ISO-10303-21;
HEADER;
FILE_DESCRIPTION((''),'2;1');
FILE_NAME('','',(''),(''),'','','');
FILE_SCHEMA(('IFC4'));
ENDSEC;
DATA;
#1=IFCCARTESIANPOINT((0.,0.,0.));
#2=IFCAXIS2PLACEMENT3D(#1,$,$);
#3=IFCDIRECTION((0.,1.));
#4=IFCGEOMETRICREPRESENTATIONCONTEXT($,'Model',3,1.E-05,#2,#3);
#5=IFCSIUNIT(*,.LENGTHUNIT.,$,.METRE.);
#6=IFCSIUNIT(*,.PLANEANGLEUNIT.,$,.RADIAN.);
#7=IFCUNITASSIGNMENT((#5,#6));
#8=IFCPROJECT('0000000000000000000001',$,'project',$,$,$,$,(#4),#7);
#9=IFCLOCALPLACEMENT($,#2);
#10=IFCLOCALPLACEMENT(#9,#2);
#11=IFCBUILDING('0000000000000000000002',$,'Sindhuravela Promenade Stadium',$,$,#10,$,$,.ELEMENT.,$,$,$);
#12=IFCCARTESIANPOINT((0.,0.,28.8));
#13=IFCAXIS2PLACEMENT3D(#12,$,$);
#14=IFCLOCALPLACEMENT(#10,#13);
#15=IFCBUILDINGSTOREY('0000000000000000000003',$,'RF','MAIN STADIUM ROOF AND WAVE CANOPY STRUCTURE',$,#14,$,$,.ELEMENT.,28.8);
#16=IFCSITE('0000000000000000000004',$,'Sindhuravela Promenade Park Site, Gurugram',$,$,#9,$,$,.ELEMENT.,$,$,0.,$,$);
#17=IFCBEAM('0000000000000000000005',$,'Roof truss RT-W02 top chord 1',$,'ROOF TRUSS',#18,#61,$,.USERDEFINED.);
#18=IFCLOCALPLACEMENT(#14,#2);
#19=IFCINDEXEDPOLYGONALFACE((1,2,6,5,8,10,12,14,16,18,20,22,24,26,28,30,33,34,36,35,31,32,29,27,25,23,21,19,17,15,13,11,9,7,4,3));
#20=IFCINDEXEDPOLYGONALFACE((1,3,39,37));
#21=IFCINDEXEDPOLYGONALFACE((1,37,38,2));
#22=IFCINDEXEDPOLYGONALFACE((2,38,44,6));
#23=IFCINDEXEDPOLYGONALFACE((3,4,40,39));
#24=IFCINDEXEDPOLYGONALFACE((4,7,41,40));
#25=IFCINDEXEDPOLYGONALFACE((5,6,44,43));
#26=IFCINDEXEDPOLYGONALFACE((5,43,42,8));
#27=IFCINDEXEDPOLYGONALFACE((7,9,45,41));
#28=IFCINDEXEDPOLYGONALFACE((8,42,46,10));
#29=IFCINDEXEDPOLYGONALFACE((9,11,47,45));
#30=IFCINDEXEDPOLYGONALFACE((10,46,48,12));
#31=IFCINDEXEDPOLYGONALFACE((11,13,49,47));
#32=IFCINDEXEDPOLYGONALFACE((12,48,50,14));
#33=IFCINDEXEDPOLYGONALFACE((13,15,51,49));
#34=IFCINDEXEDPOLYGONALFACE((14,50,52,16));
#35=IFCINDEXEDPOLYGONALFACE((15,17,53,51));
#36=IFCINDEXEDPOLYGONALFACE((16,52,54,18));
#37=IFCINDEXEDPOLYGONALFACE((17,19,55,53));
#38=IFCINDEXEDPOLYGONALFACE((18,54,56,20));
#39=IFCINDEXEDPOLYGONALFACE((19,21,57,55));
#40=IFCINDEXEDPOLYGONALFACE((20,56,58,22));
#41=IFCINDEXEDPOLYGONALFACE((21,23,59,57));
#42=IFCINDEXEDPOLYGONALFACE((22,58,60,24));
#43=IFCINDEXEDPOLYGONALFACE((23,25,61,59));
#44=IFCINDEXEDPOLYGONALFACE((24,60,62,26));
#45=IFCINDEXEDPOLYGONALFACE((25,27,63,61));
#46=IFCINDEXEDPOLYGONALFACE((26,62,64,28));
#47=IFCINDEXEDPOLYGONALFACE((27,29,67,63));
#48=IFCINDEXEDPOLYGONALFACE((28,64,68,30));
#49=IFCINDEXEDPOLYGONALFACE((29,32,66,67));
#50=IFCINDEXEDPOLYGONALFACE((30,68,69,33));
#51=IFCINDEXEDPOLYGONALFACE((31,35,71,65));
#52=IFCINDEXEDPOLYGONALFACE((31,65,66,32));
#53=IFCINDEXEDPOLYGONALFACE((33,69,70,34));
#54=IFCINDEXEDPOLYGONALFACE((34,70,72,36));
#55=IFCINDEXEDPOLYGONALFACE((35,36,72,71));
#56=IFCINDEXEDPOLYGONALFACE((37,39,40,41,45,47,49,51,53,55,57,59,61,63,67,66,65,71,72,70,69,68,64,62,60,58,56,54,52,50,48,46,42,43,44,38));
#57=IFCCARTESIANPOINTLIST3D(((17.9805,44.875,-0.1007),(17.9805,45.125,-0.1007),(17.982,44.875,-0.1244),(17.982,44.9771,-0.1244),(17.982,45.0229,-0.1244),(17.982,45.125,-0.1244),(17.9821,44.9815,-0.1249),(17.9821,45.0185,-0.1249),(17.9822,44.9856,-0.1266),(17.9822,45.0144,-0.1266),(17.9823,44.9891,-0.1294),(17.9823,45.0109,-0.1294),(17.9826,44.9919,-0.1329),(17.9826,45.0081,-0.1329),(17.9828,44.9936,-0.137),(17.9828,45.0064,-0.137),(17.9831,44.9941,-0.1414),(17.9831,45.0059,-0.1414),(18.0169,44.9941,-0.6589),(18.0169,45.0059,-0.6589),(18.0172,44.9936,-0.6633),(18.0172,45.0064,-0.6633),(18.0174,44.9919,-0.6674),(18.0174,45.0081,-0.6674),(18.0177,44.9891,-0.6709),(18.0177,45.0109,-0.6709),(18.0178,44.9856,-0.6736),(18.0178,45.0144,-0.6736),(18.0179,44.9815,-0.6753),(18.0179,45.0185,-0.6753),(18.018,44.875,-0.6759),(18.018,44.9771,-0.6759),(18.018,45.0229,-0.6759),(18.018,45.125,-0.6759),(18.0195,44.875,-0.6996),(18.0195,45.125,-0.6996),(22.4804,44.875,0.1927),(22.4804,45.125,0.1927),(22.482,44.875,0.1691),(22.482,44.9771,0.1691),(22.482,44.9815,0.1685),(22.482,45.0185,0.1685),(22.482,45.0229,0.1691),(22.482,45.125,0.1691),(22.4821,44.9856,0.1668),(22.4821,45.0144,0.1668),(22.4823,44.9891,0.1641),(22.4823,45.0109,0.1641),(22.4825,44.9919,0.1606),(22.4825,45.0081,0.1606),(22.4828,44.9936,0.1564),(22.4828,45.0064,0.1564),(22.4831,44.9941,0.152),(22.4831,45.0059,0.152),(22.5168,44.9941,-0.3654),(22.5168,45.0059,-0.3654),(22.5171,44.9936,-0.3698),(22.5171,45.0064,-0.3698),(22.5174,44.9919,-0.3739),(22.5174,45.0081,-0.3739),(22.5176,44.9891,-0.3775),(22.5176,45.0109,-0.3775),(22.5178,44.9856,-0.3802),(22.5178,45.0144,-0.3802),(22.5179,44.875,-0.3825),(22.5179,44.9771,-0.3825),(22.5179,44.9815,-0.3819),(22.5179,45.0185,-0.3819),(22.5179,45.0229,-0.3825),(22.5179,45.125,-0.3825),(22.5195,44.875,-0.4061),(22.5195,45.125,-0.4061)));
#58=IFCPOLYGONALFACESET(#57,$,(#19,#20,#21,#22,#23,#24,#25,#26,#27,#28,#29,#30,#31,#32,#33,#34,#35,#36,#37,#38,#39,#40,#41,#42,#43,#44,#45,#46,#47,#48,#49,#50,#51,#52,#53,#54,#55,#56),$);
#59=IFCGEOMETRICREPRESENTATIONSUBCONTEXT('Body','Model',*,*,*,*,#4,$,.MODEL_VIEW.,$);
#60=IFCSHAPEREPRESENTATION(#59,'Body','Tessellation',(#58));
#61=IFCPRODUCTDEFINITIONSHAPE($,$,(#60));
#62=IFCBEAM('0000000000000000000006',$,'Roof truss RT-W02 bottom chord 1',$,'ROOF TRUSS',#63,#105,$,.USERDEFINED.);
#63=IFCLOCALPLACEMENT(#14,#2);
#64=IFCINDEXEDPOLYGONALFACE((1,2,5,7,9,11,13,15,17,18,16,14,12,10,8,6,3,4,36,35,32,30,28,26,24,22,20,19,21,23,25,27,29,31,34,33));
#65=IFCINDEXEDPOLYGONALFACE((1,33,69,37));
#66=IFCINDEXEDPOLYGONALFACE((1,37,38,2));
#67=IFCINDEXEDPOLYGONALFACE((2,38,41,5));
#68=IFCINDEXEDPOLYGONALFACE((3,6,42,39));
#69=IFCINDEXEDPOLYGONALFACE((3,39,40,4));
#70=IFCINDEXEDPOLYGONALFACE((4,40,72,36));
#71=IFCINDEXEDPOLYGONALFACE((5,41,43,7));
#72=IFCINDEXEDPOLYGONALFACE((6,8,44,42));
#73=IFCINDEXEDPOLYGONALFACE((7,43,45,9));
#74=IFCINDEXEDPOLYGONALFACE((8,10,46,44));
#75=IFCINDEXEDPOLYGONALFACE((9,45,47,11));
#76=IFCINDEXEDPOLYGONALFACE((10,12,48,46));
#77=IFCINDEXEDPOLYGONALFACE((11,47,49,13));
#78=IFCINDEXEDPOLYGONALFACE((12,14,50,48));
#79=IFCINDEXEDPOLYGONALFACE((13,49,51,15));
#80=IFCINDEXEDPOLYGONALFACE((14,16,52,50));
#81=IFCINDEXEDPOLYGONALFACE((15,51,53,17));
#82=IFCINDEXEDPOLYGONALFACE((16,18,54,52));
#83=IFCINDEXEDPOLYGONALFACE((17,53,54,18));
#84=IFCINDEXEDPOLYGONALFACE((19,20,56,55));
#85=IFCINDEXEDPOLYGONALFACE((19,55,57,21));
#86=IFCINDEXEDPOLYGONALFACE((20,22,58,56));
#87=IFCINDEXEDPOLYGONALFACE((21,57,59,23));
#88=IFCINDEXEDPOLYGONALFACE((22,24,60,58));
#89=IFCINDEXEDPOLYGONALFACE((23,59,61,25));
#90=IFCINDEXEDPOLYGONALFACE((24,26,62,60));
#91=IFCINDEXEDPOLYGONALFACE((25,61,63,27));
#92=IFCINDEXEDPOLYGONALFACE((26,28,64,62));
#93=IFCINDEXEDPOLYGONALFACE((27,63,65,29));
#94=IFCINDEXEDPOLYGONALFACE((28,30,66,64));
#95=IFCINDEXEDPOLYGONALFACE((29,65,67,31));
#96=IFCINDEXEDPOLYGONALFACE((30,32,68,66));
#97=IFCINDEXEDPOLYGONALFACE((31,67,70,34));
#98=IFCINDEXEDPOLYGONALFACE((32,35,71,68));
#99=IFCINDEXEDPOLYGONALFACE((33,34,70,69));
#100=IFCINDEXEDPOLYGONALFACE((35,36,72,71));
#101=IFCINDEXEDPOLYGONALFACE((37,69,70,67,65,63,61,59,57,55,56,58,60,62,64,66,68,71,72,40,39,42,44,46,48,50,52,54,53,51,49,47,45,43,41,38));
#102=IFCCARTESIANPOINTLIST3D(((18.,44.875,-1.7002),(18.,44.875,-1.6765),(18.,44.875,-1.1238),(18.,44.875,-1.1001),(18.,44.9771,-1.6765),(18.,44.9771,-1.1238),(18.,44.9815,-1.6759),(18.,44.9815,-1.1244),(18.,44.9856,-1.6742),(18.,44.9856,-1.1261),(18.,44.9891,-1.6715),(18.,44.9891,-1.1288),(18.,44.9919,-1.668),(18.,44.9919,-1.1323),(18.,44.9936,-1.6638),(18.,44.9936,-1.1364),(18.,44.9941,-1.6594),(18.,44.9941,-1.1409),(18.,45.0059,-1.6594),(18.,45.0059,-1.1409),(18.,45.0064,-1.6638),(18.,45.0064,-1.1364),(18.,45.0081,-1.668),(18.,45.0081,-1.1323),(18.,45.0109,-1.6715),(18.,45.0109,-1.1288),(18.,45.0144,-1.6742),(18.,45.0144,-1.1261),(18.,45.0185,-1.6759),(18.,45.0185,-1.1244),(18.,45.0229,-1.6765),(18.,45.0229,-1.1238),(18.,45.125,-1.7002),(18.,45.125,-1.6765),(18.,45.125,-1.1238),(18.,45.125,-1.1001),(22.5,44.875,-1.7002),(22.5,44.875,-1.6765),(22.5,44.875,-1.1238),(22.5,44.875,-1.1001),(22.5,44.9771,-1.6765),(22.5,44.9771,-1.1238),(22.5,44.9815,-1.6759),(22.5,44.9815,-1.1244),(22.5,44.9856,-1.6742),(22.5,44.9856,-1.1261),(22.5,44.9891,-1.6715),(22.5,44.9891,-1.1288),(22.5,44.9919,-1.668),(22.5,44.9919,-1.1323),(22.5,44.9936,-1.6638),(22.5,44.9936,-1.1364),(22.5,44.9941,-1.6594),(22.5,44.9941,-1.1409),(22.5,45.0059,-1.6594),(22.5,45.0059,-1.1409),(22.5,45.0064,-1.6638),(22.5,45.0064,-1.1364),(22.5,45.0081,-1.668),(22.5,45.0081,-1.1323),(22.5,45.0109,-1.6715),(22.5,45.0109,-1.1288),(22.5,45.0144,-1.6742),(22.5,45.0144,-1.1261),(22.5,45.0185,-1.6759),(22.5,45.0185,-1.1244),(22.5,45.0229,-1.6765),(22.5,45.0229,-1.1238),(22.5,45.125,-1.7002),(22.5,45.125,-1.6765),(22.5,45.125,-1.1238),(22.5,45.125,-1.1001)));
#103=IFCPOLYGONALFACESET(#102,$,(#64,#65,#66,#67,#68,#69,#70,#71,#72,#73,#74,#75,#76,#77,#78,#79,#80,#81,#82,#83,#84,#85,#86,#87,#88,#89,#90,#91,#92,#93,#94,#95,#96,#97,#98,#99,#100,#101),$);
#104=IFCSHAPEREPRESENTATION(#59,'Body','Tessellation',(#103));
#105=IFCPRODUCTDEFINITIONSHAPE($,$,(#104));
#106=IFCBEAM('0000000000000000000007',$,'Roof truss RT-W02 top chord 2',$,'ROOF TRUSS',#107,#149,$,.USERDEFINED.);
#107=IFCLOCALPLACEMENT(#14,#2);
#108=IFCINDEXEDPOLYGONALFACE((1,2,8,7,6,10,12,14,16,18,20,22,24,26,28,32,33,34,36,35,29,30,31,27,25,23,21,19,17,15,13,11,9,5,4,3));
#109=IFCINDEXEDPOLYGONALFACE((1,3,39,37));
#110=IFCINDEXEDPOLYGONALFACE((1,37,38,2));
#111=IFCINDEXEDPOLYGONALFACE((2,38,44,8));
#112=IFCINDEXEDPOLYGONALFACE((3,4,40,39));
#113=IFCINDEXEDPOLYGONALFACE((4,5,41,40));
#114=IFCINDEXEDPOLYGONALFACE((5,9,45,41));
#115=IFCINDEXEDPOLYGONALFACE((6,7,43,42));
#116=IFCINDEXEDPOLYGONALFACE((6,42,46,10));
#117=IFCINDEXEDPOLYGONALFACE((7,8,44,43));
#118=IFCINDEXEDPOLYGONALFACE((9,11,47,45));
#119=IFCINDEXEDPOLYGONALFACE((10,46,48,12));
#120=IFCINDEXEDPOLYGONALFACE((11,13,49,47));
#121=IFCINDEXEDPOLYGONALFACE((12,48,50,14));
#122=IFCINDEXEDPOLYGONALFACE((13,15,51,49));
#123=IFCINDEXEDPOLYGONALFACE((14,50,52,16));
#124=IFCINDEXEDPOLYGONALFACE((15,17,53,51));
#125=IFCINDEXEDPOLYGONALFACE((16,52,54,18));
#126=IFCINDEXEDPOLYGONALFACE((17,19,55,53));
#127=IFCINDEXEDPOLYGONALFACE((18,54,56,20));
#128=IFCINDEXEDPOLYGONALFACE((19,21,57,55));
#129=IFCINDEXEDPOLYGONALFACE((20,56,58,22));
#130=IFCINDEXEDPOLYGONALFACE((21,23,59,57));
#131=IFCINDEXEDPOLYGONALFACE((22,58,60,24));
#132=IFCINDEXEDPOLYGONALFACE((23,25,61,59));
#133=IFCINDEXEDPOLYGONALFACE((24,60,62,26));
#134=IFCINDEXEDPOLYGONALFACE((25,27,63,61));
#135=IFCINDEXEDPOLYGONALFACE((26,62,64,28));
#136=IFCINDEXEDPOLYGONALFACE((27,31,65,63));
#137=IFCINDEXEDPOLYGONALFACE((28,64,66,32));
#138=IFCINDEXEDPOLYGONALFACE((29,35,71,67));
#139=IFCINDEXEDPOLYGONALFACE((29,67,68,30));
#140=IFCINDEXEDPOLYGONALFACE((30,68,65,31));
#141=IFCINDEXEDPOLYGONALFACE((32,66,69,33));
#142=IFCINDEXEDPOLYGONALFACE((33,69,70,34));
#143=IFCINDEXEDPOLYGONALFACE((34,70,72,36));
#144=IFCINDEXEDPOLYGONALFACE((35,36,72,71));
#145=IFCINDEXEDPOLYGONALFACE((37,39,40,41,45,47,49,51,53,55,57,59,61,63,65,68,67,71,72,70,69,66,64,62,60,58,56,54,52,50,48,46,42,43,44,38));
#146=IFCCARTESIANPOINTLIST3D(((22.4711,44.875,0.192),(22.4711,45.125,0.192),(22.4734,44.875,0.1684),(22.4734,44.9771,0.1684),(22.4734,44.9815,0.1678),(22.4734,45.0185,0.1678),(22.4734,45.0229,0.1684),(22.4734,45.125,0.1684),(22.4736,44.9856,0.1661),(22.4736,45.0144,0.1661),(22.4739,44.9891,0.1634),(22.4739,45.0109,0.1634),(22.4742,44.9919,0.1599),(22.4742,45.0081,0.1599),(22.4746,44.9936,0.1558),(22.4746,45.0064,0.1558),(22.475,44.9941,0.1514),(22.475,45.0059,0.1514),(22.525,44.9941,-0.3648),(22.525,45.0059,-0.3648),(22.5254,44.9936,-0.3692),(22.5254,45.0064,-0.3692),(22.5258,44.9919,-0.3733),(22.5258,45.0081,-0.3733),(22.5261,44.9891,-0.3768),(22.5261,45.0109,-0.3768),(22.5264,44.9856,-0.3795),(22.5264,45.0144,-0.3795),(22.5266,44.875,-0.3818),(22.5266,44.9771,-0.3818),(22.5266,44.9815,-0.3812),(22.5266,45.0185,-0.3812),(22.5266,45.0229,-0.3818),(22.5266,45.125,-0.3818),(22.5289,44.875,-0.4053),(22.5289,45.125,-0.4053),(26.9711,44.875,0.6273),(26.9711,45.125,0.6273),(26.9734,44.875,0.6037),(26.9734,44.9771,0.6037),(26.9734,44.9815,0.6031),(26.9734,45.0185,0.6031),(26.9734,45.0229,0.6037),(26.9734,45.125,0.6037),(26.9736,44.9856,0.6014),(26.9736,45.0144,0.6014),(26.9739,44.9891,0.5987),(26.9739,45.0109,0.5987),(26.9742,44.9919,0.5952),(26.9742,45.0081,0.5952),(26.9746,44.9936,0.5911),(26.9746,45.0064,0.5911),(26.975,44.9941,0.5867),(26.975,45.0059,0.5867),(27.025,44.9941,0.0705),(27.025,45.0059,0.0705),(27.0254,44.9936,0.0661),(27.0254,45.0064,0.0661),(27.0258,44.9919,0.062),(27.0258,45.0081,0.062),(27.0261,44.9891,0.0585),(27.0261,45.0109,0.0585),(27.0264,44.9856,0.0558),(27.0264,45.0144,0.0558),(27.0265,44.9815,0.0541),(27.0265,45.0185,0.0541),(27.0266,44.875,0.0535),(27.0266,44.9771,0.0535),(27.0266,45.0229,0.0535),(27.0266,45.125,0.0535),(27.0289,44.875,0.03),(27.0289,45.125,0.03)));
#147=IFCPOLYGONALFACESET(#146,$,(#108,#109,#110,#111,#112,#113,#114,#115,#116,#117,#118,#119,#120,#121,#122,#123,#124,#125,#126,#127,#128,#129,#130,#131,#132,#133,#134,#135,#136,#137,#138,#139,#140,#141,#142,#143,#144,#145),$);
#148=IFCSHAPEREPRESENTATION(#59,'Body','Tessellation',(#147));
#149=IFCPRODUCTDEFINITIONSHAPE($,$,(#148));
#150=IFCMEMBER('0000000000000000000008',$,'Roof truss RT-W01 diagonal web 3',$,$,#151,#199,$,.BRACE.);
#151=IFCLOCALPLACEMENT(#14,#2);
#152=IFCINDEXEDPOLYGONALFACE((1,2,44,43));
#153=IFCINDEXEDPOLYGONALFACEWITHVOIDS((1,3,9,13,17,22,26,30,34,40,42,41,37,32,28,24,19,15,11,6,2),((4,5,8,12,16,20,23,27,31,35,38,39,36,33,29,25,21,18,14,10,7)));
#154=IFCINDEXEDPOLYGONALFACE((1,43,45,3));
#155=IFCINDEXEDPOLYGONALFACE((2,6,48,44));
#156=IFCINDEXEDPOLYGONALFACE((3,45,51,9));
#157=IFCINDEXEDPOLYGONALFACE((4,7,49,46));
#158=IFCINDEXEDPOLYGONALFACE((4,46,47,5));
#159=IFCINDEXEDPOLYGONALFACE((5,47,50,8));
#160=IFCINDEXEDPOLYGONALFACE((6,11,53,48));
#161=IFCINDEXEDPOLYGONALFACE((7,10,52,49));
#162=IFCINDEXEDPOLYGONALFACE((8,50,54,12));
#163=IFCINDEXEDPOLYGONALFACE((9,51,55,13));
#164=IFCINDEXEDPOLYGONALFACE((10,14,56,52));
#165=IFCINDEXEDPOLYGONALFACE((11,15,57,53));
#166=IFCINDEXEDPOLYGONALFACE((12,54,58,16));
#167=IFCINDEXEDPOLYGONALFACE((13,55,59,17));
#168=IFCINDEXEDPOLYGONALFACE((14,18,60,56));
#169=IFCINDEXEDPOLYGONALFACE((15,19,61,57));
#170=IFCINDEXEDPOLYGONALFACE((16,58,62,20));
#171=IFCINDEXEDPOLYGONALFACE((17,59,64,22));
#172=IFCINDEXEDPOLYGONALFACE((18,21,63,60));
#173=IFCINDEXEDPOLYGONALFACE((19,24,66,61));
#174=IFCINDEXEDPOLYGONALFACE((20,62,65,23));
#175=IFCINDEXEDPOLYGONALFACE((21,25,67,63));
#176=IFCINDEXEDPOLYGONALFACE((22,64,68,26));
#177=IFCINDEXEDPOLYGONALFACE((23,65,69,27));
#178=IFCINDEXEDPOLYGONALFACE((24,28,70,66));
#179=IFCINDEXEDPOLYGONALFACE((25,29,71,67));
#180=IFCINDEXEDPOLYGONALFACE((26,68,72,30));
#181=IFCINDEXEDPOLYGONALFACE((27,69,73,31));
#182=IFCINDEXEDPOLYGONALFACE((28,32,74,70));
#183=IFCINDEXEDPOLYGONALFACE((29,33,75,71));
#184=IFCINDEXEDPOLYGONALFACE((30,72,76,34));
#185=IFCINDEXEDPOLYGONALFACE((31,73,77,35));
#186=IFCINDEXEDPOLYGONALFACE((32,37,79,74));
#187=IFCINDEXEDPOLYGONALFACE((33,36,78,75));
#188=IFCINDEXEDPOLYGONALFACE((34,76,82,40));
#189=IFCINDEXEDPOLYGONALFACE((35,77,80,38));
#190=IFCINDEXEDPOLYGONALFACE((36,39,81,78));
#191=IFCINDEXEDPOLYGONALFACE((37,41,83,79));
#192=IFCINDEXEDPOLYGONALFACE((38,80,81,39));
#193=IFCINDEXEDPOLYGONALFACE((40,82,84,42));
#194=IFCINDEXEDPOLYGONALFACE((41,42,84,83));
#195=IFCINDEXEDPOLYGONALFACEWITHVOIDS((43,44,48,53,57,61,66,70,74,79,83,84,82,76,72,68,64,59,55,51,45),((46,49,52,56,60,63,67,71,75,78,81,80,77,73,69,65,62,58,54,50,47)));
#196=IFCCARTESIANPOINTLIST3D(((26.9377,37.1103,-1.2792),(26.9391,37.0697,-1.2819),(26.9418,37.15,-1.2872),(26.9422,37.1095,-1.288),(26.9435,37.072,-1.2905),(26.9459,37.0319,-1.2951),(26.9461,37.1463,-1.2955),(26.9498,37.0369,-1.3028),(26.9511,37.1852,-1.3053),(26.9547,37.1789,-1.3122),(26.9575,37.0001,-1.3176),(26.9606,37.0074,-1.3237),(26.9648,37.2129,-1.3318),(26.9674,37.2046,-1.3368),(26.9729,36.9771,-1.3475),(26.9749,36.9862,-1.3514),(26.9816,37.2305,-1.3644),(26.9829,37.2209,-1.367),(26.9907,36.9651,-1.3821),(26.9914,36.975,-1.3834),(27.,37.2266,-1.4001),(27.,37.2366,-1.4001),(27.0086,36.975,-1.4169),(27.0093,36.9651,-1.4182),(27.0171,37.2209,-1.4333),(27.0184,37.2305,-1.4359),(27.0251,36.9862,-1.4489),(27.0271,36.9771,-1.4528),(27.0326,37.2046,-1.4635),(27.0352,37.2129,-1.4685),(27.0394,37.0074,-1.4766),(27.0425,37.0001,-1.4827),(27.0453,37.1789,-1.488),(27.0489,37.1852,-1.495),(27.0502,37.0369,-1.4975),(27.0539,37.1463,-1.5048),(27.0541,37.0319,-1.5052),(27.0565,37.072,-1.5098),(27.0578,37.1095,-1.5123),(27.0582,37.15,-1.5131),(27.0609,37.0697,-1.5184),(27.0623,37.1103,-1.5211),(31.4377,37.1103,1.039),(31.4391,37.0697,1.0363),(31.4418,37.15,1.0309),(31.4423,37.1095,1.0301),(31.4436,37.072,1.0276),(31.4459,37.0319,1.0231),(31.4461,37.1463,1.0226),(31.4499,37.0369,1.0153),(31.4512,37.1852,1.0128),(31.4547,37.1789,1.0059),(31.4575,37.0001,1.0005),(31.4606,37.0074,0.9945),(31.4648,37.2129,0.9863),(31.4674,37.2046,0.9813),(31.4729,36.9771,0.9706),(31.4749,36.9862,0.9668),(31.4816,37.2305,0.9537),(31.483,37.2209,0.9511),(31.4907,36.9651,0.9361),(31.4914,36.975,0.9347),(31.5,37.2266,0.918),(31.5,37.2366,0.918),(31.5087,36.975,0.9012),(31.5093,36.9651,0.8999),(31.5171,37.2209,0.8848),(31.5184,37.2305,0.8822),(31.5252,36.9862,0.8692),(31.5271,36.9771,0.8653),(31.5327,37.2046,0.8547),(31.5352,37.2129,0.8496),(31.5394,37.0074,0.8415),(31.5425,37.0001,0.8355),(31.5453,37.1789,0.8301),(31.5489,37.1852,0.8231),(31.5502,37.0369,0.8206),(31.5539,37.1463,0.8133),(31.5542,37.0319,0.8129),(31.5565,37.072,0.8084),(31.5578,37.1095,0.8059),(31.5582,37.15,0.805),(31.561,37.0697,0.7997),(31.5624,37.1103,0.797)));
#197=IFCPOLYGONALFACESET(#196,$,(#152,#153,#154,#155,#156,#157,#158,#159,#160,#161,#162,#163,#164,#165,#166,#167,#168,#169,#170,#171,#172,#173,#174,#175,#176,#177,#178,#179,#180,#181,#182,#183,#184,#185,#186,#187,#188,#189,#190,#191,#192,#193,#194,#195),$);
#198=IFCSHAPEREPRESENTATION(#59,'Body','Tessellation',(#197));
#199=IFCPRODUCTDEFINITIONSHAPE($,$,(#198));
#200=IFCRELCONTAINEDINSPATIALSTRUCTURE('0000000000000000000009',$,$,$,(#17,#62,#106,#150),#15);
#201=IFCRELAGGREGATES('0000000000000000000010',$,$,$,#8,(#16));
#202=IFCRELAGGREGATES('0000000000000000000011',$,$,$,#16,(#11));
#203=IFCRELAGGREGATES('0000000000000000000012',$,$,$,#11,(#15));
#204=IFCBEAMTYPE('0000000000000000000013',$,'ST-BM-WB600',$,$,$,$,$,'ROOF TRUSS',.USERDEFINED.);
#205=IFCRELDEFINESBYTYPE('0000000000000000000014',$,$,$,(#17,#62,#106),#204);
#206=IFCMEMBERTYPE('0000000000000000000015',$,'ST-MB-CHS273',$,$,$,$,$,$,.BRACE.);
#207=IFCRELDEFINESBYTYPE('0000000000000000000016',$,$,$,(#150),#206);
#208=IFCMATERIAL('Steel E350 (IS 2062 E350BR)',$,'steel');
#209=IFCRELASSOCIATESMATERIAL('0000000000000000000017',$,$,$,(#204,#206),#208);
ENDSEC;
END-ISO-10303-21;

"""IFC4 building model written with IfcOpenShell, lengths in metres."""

from ifc_helpers import new_model, si_unit, direction, frame, origin, origin_2d, place, context, subcontext, project, spatial, hollow_circle, i_section, extrude, material, material_profile, profile_set, type_object, element, save


model = new_model("IFC4")

# Units and contexts
model_context = context("Model", 3, precision=1e-05, world=origin(), true_north=direction((0.0, 1.0)))
body_context = subcontext(model_context, "Body", "Model", "MODEL_VIEW")
ifc_project = project(units=[si_unit("LENGTHUNIT", "METRE"), si_unit("PLANEANGLEUNIT", "RADIAN")], contexts=[model_context])

# Site, building, storey
site_placement = place(None, origin())
site = spatial("IfcSite", under=ifc_project, at=site_placement, Name="Sindhuravela Promenade Park Site, Gurugram", CompositionType="ELEMENT", RefElevation=0.0)
building_placement = place(site_placement, origin())
building = spatial("IfcBuilding", under=site, at=building_placement, Name="Sindhuravela Promenade Stadium", CompositionType="ELEMENT")
storey_placement = place(building_placement, frame((0.0, 0.0, 28.8)))
storey = spatial("IfcBuildingStorey", under=building, at=storey_placement, Name="RF", Description="MAIN STADIUM ROOF AND WAVE CANOPY STRUCTURE", CompositionType="ELEMENT", Elevation=28.8)

# Beams
ifc_material_1 = material(Name="Steel E350 (IS 2062 E350BR)", Category="steel")
ifc_material_profile_1 = material_profile(ifc_material_1, i_section(OverallWidth=0.25, OverallDepth=0.6001, WebThickness=0.0117, FlangeThickness=0.0237, FilletRadius=0.0171, at=origin_2d()), Name="ISWB 600")
ifc_profile_set_1 = profile_set([ifc_material_profile_1], Name="Steel E350 (IS 2062 E350BR)")
beam_type_1 = type_object("IfcBeamType", Name="ST-BM-WB600", ElementType="ROOF TRUSS", PredefinedType="USERDEFINED", material=ifc_profile_set_1)
beam_1_placement = place(storey_placement, frame((18.0, 45.0, -0.4001), z_axis=(0.99788, 0.0, 0.065074), x_axis=(0.0, 1.0, 0.0)))
element("IfcBeam", 1, at=beam_1_placement, inside=storey, type_object=beam_type_1, Name="Roof truss RT-W02 top chord 1", ObjectType="ROOF TRUSS", PredefinedType="USERDEFINED", context=body_context, shape_type="SweptSolid", body=[
    extrude(i_section(OverallWidth=0.25, OverallDepth=0.6001, WebThickness=0.0117, FlangeThickness=0.0237, FilletRadius=0.0171, at=origin_2d()), origin(), (0.0, 0.0, 1.0), 4.5095),
])
beam_2_placement = place(storey_placement, frame((18.0, 45.0, -1.4001), z_axis=(1.0, 0.0, 0.0), x_axis=(0.0, 1.0, 0.0)))
element("IfcBeam", 2, at=beam_2_placement, inside=storey, type_object=beam_type_1, Name="Roof truss RT-W02 bottom chord 1", ObjectType="ROOF TRUSS", PredefinedType="USERDEFINED", context=body_context, shape_type="SweptSolid", body=[
    extrude(i_section(OverallWidth=0.25, OverallDepth=0.6001, WebThickness=0.0117, FlangeThickness=0.0237, FilletRadius=0.0171, at=origin_2d()), origin(), (0.0, 0.0, 1.0), 4.5),
])
beam_3_placement = place(storey_placement, frame((22.5, 45.0, -0.1067), z_axis=(0.995354, 0.0, 0.096285), x_axis=(0.0, 1.0, 0.0)))
element("IfcBeam", 3, at=beam_3_placement, inside=storey, type_object=beam_type_1, Name="Roof truss RT-W02 top chord 2", ObjectType="ROOF TRUSS", PredefinedType="USERDEFINED", context=body_context, shape_type="SweptSolid", body=[
    extrude(i_section(OverallWidth=0.25, OverallDepth=0.6001, WebThickness=0.0117, FlangeThickness=0.0237, FilletRadius=0.0171, at=origin_2d()), origin(), (0.0, 0.0, 1.0), 4.521),
])

# Member
ifc_material_profile_2 = material_profile(ifc_material_1, hollow_circle(Radius=0.1365, WallThickness=0.01, at=origin_2d()), Name="CHS 273.0x10")
ifc_profile_set_2 = profile_set([ifc_material_profile_2], Name="Steel E350 (IS 2062 E350BR)")
member_type_1 = type_object("IfcMemberType", Name="ST-MB-CHS273", PredefinedType="BRACE", material=ifc_profile_set_2)
for number, where, z_axis, x_axis, name in (
    (4, (27.0, 37.1001, -1.4001), (0.88898, 0.0, 0.457946), (0.0, 1.0, 0.0), "Roof truss RT-W01 diagonal web 3"),
):
    element("IfcMember", number, at=place(storey_placement, frame(where, z_axis=z_axis, x_axis=x_axis)), inside=storey, type_object=member_type_1, Name=name, PredefinedType="BRACE", context=body_context, shape_type="SweptSolid", body=[
        extrude(hollow_circle(Radius=0.1365, WallThickness=0.01, at=origin_2d()), origin(), (0.0, 0.0, 1.0), 5.062),
    ])

save(model, "model.ifc")
